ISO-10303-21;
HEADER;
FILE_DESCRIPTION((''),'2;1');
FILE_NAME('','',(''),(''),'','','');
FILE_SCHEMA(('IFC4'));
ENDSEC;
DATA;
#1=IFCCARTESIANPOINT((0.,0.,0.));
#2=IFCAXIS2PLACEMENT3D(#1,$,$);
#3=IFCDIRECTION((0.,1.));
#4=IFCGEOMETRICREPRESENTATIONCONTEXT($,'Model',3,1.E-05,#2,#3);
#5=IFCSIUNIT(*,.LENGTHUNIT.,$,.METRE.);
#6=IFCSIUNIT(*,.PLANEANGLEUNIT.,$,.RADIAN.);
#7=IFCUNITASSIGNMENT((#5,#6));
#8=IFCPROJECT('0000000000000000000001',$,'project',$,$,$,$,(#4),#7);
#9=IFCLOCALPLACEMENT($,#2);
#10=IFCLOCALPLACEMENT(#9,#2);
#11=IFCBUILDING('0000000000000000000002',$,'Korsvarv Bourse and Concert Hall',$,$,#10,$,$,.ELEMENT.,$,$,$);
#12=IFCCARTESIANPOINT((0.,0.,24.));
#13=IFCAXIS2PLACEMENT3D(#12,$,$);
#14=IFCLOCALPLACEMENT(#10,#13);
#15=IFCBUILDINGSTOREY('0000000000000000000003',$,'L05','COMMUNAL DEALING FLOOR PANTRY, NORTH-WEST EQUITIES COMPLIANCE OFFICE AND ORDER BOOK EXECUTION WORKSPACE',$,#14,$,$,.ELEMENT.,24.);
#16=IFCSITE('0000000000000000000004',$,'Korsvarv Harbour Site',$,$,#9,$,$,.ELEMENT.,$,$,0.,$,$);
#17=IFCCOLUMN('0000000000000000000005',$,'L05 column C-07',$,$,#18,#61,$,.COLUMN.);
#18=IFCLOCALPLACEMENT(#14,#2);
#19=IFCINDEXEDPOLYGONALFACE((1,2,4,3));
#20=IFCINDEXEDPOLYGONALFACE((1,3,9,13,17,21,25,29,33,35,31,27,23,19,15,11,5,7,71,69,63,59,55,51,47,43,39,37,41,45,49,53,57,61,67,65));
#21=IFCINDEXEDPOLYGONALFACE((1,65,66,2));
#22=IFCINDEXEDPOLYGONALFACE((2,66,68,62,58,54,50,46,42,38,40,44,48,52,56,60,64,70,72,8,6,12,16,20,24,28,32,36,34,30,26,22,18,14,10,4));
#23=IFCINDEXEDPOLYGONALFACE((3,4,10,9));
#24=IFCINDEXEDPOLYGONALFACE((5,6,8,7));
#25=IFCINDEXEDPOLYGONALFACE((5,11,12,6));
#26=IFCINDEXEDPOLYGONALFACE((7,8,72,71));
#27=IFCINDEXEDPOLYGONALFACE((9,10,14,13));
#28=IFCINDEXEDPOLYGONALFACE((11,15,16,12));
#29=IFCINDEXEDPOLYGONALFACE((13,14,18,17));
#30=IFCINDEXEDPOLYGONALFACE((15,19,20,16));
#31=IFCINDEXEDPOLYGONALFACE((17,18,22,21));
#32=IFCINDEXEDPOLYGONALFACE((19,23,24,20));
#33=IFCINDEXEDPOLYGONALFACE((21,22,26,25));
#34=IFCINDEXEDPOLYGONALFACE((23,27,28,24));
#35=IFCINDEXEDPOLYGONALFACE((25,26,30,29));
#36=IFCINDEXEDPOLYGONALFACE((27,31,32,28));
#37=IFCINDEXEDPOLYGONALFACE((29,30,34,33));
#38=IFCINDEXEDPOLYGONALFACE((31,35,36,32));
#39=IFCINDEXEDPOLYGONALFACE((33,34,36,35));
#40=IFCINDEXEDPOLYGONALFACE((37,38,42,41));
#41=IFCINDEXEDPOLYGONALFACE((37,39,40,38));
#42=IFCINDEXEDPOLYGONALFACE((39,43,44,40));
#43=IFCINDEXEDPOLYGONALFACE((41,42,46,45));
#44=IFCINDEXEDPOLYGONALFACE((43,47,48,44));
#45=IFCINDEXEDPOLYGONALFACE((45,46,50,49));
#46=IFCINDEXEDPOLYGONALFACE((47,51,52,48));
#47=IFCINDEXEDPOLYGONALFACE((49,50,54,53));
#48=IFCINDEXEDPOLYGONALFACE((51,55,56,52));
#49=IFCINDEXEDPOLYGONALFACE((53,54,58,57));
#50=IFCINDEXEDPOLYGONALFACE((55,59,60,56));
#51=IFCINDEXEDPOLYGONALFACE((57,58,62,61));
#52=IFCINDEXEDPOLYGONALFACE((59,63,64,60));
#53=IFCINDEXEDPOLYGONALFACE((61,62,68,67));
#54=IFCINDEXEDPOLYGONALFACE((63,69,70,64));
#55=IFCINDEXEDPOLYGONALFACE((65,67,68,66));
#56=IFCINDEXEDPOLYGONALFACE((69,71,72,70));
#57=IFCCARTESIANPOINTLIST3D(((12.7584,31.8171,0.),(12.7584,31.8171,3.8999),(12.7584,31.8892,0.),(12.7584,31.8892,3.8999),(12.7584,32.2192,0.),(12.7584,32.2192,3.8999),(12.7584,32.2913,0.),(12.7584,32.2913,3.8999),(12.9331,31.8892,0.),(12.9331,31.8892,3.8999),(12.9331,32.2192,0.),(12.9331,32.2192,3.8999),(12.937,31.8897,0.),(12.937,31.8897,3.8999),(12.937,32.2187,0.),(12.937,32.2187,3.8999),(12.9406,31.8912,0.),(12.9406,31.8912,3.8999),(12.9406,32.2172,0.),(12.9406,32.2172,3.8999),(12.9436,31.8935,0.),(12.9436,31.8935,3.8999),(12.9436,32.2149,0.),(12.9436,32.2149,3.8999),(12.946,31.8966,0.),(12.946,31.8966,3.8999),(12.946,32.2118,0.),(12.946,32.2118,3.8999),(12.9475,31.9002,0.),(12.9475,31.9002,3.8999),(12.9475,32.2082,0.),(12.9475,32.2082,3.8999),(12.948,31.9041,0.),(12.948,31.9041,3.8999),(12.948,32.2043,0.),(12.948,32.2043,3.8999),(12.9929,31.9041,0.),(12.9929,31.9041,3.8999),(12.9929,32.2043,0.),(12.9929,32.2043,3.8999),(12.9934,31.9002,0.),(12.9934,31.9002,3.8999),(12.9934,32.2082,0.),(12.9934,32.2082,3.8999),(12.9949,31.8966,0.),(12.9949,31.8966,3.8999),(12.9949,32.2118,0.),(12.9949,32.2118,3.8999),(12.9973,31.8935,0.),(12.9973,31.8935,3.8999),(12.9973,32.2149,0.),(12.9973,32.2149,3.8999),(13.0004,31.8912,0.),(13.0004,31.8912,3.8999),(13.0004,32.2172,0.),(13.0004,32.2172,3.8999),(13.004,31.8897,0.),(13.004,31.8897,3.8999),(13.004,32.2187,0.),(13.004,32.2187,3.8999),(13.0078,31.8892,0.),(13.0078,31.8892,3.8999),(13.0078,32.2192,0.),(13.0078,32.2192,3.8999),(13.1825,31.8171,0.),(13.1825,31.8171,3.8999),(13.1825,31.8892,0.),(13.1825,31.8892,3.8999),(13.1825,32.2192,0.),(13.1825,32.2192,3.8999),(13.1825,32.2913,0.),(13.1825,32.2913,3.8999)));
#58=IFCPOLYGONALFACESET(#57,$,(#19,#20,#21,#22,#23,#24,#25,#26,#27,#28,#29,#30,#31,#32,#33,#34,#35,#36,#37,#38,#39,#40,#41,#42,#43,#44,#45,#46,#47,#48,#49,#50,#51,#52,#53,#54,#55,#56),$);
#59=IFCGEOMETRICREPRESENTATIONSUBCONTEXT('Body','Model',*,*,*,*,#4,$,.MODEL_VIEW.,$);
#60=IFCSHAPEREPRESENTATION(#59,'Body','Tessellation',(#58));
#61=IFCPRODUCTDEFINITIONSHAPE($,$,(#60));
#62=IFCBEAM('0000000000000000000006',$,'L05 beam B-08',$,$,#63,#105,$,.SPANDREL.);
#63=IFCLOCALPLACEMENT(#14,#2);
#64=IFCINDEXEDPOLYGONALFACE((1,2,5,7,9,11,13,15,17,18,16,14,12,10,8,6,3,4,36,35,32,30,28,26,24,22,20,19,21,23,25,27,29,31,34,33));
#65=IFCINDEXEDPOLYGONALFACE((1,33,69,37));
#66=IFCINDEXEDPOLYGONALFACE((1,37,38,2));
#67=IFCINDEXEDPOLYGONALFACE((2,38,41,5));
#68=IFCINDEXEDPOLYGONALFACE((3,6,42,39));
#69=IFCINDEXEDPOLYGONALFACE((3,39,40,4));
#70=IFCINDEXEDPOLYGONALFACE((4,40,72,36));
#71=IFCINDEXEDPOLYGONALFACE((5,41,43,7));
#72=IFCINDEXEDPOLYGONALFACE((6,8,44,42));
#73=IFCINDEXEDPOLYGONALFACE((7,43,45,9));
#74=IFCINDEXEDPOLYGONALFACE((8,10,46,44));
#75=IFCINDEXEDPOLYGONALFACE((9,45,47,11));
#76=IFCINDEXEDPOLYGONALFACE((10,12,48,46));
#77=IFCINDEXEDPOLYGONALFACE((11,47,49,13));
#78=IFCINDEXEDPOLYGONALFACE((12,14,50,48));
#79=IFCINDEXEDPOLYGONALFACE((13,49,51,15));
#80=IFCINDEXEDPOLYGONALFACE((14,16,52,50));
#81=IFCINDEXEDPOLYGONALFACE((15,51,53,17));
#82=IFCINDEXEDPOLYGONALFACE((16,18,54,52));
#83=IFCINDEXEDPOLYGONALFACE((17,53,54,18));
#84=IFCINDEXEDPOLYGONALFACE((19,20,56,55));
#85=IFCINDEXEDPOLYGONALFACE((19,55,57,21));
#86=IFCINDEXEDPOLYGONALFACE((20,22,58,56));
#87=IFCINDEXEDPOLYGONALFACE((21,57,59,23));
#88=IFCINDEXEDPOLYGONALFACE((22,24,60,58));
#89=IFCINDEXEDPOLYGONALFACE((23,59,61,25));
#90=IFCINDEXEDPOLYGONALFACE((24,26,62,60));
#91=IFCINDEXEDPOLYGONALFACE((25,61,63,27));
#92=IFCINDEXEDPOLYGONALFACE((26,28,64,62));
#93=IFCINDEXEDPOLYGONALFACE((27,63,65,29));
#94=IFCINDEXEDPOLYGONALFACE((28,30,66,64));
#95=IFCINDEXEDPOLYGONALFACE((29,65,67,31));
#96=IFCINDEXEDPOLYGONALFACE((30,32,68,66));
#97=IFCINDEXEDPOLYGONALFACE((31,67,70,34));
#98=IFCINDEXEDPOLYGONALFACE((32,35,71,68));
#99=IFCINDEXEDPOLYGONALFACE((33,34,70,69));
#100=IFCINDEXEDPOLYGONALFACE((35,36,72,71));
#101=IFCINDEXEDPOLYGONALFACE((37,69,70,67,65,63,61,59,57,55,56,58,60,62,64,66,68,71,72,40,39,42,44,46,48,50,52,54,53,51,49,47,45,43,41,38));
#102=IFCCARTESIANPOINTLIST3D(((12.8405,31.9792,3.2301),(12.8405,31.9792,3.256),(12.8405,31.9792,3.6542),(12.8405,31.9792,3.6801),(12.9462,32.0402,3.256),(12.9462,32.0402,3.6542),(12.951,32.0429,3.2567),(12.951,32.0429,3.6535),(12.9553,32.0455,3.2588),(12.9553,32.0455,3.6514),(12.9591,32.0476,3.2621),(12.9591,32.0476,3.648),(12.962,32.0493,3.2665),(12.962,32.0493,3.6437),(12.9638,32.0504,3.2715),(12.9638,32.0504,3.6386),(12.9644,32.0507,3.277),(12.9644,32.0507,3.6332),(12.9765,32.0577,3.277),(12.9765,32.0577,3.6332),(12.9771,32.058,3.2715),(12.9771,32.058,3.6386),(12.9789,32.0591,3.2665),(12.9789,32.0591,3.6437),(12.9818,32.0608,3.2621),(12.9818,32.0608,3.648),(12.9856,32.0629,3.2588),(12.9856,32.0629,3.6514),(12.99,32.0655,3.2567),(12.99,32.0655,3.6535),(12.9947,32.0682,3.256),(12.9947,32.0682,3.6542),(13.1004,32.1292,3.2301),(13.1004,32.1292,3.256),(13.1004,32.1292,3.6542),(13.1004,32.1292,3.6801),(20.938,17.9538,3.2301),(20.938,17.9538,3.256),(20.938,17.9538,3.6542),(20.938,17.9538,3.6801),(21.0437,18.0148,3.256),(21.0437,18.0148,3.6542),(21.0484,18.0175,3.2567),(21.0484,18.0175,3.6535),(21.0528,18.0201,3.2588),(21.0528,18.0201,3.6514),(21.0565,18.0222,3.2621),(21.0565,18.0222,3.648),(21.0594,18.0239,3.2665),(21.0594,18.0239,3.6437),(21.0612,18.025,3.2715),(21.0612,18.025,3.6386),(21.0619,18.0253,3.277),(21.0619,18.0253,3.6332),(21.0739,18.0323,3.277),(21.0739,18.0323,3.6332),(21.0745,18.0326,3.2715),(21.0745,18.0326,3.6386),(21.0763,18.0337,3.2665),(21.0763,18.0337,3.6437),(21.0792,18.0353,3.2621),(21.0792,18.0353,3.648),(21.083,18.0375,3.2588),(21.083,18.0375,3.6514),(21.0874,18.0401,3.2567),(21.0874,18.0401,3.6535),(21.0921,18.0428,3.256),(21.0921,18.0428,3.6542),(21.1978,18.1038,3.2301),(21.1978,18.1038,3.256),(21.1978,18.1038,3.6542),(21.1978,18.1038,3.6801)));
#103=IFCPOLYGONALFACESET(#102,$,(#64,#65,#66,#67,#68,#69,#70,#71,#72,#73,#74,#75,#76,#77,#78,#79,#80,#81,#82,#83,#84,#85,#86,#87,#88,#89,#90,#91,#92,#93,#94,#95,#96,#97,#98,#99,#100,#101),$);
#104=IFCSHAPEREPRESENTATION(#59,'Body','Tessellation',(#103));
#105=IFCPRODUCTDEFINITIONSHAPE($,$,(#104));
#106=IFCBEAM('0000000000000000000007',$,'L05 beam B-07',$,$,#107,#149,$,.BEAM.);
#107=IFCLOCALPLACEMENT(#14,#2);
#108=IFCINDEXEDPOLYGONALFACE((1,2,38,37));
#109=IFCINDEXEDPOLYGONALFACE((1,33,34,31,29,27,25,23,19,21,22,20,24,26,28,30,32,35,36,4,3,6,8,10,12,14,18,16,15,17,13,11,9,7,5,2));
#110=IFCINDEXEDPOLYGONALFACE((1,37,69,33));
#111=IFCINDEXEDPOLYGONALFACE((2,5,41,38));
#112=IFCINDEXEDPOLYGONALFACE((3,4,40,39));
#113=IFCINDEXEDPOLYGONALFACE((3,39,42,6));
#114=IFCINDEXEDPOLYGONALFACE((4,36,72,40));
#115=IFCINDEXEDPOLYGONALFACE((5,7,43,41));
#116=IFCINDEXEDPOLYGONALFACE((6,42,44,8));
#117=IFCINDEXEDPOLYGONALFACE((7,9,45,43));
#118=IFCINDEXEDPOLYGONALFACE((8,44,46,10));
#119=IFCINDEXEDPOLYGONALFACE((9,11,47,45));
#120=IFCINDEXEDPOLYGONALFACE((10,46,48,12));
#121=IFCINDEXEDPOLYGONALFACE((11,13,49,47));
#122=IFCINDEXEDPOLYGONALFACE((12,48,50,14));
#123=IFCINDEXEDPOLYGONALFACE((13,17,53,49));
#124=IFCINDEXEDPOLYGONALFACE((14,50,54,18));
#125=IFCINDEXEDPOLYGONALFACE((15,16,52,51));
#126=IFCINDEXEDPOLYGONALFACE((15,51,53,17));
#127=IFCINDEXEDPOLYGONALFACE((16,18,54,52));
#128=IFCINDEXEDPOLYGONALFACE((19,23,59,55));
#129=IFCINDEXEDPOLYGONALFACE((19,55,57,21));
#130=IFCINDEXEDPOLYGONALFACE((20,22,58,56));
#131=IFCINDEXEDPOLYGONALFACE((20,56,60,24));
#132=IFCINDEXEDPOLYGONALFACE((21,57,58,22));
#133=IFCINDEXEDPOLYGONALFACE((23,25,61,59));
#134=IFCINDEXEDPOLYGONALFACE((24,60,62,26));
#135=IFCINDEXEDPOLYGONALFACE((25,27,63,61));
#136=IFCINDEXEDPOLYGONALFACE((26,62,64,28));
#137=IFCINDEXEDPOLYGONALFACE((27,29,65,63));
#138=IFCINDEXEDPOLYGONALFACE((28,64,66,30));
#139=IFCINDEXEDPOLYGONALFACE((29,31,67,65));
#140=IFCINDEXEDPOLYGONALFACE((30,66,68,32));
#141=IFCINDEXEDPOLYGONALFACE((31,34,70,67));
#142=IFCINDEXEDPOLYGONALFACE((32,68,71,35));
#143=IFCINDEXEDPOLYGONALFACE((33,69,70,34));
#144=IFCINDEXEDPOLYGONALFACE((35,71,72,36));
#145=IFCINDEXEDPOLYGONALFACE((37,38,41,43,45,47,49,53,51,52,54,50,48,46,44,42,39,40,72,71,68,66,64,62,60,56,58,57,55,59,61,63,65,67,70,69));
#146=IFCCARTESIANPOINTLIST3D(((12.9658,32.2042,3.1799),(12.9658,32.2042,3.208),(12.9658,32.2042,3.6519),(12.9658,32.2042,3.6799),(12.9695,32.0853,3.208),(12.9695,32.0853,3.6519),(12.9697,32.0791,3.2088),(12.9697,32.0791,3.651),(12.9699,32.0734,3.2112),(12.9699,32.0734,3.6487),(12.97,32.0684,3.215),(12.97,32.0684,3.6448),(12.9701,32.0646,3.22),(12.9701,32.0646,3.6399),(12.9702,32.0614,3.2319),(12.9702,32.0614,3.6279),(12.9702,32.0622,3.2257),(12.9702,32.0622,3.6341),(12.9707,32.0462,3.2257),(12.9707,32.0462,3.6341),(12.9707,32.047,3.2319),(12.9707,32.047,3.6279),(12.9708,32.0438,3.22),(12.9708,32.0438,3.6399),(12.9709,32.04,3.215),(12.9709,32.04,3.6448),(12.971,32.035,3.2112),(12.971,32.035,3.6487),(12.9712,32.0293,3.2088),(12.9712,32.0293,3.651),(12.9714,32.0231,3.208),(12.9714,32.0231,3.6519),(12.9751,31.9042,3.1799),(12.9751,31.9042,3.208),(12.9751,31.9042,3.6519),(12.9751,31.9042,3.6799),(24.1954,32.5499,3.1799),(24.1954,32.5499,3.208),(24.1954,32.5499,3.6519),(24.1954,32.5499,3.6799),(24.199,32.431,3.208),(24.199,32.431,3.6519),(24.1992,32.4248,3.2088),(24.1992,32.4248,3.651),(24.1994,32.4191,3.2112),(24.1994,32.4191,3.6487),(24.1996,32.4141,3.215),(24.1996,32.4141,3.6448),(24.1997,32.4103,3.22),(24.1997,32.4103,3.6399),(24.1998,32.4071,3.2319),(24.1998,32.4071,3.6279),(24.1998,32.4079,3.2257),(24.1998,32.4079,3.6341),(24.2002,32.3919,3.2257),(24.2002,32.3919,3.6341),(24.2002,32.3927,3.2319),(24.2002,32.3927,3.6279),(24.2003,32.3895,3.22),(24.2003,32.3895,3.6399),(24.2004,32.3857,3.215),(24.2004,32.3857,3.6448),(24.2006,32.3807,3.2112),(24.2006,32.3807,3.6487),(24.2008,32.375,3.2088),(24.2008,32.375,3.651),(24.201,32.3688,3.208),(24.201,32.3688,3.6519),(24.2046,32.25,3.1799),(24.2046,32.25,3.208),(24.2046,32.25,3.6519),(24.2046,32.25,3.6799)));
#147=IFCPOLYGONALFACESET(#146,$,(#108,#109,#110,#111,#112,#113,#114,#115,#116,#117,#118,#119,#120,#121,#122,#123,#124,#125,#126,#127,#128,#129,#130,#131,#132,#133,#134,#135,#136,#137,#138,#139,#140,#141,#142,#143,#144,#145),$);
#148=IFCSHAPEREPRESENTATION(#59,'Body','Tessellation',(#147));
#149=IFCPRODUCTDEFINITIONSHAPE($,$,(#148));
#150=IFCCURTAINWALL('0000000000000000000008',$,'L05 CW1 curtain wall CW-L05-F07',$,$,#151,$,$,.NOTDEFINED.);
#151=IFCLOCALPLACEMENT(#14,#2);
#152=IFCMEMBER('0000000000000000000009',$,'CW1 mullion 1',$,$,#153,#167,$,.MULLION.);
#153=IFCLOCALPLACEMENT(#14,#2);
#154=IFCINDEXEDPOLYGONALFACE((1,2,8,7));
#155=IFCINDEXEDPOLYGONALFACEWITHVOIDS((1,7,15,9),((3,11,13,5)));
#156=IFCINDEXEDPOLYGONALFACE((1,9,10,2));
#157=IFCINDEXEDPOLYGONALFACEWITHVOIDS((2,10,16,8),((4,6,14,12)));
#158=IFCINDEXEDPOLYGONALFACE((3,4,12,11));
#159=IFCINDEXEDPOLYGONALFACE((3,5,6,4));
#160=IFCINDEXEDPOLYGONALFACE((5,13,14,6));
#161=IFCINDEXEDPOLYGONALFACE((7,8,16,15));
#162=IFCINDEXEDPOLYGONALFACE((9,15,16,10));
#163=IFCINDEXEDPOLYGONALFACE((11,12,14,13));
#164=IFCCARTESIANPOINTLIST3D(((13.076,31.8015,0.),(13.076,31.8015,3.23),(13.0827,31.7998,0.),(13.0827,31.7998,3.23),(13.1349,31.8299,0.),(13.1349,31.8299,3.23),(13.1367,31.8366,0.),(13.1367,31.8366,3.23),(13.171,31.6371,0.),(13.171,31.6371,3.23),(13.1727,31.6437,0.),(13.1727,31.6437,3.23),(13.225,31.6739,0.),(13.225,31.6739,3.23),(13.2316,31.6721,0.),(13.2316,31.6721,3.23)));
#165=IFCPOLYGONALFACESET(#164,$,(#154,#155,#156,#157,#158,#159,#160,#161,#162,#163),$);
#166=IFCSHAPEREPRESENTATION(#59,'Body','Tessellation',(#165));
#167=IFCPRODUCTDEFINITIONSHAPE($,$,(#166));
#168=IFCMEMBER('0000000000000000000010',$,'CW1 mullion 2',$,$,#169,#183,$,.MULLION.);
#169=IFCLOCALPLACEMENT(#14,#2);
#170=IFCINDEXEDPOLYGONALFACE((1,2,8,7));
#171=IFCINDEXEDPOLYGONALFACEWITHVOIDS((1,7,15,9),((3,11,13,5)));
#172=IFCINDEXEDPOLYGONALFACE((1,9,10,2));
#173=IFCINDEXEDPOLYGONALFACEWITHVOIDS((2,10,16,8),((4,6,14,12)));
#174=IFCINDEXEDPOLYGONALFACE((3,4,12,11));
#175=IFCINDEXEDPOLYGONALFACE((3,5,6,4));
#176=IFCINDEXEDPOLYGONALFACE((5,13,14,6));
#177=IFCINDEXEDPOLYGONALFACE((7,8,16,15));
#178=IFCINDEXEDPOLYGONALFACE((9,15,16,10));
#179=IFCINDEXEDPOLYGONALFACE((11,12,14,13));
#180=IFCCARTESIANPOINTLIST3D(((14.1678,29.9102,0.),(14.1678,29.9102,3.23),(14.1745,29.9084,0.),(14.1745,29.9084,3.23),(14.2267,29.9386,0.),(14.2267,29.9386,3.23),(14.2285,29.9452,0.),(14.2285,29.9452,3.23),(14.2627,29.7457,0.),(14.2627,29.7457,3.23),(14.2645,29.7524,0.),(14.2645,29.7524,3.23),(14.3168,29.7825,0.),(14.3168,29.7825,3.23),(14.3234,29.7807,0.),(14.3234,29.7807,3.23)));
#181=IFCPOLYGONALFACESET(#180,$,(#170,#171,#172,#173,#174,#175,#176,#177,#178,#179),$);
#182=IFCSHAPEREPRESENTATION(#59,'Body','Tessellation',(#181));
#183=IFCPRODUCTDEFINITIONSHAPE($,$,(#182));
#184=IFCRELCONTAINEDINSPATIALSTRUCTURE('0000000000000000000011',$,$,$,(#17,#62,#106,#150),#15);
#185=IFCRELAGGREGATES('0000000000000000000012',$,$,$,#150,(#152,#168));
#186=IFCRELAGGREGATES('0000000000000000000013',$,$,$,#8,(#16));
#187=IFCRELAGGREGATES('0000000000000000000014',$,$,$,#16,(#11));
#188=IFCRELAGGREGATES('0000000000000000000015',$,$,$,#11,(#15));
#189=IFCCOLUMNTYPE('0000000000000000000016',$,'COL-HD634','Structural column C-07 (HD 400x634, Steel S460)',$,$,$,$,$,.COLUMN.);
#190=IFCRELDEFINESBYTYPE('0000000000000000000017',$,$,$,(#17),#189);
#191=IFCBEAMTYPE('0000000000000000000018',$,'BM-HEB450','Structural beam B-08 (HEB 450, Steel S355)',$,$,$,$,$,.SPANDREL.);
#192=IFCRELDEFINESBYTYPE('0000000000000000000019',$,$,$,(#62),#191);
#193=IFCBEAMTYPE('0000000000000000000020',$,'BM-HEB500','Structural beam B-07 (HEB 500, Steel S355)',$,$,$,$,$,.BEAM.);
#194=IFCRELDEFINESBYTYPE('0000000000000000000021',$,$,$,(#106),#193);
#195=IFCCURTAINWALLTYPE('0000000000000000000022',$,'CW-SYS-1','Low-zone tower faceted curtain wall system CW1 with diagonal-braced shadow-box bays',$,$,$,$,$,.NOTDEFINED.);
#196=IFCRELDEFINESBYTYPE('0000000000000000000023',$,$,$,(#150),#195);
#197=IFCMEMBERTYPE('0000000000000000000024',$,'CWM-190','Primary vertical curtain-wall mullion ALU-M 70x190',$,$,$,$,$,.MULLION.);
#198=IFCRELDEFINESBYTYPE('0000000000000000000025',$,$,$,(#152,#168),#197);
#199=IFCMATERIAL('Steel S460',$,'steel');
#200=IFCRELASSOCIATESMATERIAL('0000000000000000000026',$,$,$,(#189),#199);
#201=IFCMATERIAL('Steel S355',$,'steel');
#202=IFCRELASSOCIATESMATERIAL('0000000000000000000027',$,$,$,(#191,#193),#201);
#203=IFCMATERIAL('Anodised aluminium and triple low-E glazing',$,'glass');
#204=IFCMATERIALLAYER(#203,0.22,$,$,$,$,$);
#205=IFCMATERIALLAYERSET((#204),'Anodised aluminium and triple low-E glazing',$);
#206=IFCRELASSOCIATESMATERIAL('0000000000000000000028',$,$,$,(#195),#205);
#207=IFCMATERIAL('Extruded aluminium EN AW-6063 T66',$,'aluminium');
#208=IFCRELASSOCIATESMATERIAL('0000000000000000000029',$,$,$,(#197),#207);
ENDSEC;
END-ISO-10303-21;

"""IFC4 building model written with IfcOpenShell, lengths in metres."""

from ifc_helpers import new_model, si_unit, direction, frame, origin, origin_2d, place, context, subcontext, project, spatial, hollow_rectangle, i_section, extrude, source, transform, mapped, material, layer, layer_set, material_profile, profile_set, type_object, element, aggregate, save


model = new_model("IFC4")

# Units and contexts
model_context = context("Model", 3, precision=1e-05, world=origin(), true_north=direction((0.0, 1.0)))
body_context = subcontext(model_context, "Body", "Model", "MODEL_VIEW")
ifc_project = project(units=[si_unit("LENGTHUNIT", "METRE"), si_unit("PLANEANGLEUNIT", "RADIAN")], contexts=[model_context])

# Site, building, storey
site_placement = place(None, origin())
site = spatial("IfcSite", under=ifc_project, at=site_placement, Name="Korsvarv Harbour Site", CompositionType="ELEMENT", RefElevation=0.0)
building_placement = place(site_placement, origin())
building = spatial("IfcBuilding", under=site, at=building_placement, Name="Korsvarv Bourse and Concert Hall", CompositionType="ELEMENT")
storey_placement = place(building_placement, frame((0.0, 0.0, 24.0)))
storey = spatial("IfcBuildingStorey", under=building, at=storey_placement, Name="L05", Description="COMMUNAL DEALING FLOOR PANTRY, NORTH-WEST EQUITIES COMPLIANCE OFFICE AND ORDER BOOK EXECUTION WORKSPACE", CompositionType="ELEMENT", Elevation=24.0)

# Column
ifc_material_1 = material(Name="Steel S460", Category="steel")
ifc_material_profile_1 = material_profile(ifc_material_1, i_section(OverallWidth=0.4241, OverallDepth=0.4741, WebThickness=0.0449, FlangeThickness=0.072, FilletRadius=0.0149, at=origin_2d()), Name="HD 400x634")
ifc_profile_set_1 = profile_set([ifc_material_profile_1], Name="Steel S460")
column_type = type_object("IfcColumnType", Name="COL-HD634", Description="Structural column C-07 (HD 400x634, Steel S460)", PredefinedType="COLUMN", material=ifc_profile_set_1)
shared_shape_1 = source(origin(), body_context, "Body", "SweptSolid", [
    extrude(i_section(OverallWidth=0.4241, OverallDepth=0.4741, WebThickness=0.0449, FlangeThickness=0.072, FilletRadius=0.0149, at=origin_2d()), origin(), (0.0, 0.0, 1.0), 3.8999),
])
column_placement = place(storey_placement, frame((12.9705, 32.0542, 0.0), z_axis=(0.0, 0.0, 1.0), x_axis=(1.0, 0.0, 0.0)))
element("IfcColumn", 1, at=column_placement, inside=storey, type_object=column_type, Name="L05 column C-07", PredefinedType="COLUMN", context=body_context, shape_type="MappedRepresentation", body=[
    mapped(shared_shape_1, transform((0.0, 0.0, 0.0), scale=1.0)),
])

# Beams
ifc_material_2 = material(Name="Steel S355", Category="steel")
ifc_material_profile_2 = material_profile(ifc_material_2, i_section(OverallWidth=0.3, OverallDepth=0.45, WebThickness=0.0139, FlangeThickness=0.0259, FilletRadius=0.021, at=origin_2d()), Name="HEB 450")
ifc_profile_set_2 = profile_set([ifc_material_profile_2], Name="Steel S355")
beam_type_1 = type_object("IfcBeamType", Name="BM-HEB450", Description="Structural beam B-08 (HEB 450, Steel S355)", PredefinedType="SPANDREL", material=ifc_profile_set_2)
shared_shape_2 = source(origin(), body_context, "Body", "SweptSolid", [
    extrude(i_section(OverallWidth=0.3, OverallDepth=0.45, WebThickness=0.0139, FlangeThickness=0.0259, FilletRadius=0.021, at=origin_2d()), origin(), (0.0, 0.0, 1.0), 16.1951),
])
beam_1_placement = place(storey_placement, frame((12.9705, 32.0542, 3.4551), z_axis=(0.499993, -0.866029, 0.0), x_axis=(0.866029, 0.499993, 0.0)))
element("IfcBeam", 2, at=beam_1_placement, inside=storey, type_object=beam_type_1, Name="L05 beam B-08", PredefinedType="SPANDREL", context=body_context, shape_type="MappedRepresentation", body=[
    mapped(shared_shape_2, transform((0.0, 0.0, 0.0), scale=1.0)),
])
ifc_material_profile_3 = material_profile(ifc_material_2, i_section(OverallWidth=0.3, OverallDepth=0.5, WebThickness=0.0144, FlangeThickness=0.0281, FilletRadius=0.0239, at=origin_2d()), Name="HEB 500")
ifc_profile_set_3 = profile_set([ifc_material_profile_3], Name="Steel S355")
beam_type_2 = type_object("IfcBeamType", Name="BM-HEB500", Description="Structural beam B-07 (HEB 500, Steel S355)", PredefinedType="BEAM", material=ifc_profile_set_3)
shared_shape_3 = source(origin(), body_context, "Body", "SweptSolid", [
    extrude(i_section(OverallWidth=0.3, OverallDepth=0.5, WebThickness=0.0144, FlangeThickness=0.0281, FilletRadius=0.0239, at=origin_2d()), origin(), (0.0, 0.0, 1.0), 11.2349),
])
beam_2_placement = place(storey_placement, frame((12.9705, 32.0542, 3.4299), z_axis=(0.999526, 0.030771, 0.0), x_axis=(-0.030771, 0.999526, 0.0)))
element("IfcBeam", 3, at=beam_2_placement, inside=storey, type_object=beam_type_2, Name="L05 beam B-07", PredefinedType="BEAM", context=body_context, shape_type="MappedRepresentation", body=[
    mapped(shared_shape_3, transform((0.0, 0.0, 0.0), scale=1.0)),
])

# Curtain wall, members
ifc_material_3 = material(Name="Anodised aluminium and triple low-E glazing", Category="glass")
ifc_layer_1 = layer(ifc_material_3, 0.22)
ifc_layer_set_1 = layer_set([ifc_layer_1], Name="Anodised aluminium and triple low-E glazing")
curtain_wall_type = type_object("IfcCurtainWallType", Name="CW-SYS-1", Description="Low-zone tower faceted curtain wall system CW1 with diagonal-braced shadow-box bays", PredefinedType="NOTDEFINED", material=ifc_layer_set_1)
curtain_wall_placement = place(storey_placement, origin())
curtain_wall = element("IfcCurtainWall", 4, at=curtain_wall_placement, inside=storey, type_object=curtain_wall_type, Name="L05 CW1 curtain wall CW-L05-F07", PredefinedType="NOTDEFINED")
ifc_material_4 = material(Name="Extruded aluminium EN AW-6063 T66", Category="aluminium")
ifc_material_profile_4 = material_profile(ifc_material_4, hollow_rectangle(XDim=0.0701, YDim=0.1899, WallThickness=0.0049, at=origin_2d()), Name="ALU-M 70x190")
ifc_profile_set_4 = profile_set([ifc_material_profile_4], Name="Extruded aluminium EN AW-6063 T66")
member_type_1 = type_object("IfcMemberType", Name="CWM-190", Description="Primary vertical curtain-wall mullion ALU-M 70x190", PredefinedType="MULLION", material=ifc_profile_set_4)
shared_shape_4 = source(origin(), body_context, "Body", "SweptSolid", [
    extrude(hollow_rectangle(XDim=0.0701, YDim=0.1899, WallThickness=0.0049, at=origin_2d()), origin(), (0.0, 0.0, 1.0), 3.23),
])
member_1_placement = place(storey_placement, frame((13.1538, 31.7368, 0.0), z_axis=(0.0, 0.0, 1.0), x_axis=(0.866029, 0.499995, 0.0)))
member_1 = element("IfcMember", 5, at=member_1_placement, type_object=member_type_1, Name="CW1 mullion 1", PredefinedType="MULLION", context=body_context, shape_type="MappedRepresentation", body=[
    mapped(shared_shape_4, transform((0.0, 0.0, 0.0), scale=1.0)),
])
member_2_placement = place(storey_placement, frame((14.2456, 29.8455, 0.0), z_axis=(0.0, 0.0, 1.0), x_axis=(0.866029, 0.499995, 0.0)))
member_2 = element("IfcMember", 6, at=member_2_placement, type_object=member_type_1, Name="CW1 mullion 2", PredefinedType="MULLION", context=body_context, shape_type="MappedRepresentation", body=[
    mapped(shared_shape_4, transform((0.0, 0.0, 0.0), scale=1.0)),
])
aggregate(curtain_wall, [member_1, member_2])

save(model, "model.ifc")
